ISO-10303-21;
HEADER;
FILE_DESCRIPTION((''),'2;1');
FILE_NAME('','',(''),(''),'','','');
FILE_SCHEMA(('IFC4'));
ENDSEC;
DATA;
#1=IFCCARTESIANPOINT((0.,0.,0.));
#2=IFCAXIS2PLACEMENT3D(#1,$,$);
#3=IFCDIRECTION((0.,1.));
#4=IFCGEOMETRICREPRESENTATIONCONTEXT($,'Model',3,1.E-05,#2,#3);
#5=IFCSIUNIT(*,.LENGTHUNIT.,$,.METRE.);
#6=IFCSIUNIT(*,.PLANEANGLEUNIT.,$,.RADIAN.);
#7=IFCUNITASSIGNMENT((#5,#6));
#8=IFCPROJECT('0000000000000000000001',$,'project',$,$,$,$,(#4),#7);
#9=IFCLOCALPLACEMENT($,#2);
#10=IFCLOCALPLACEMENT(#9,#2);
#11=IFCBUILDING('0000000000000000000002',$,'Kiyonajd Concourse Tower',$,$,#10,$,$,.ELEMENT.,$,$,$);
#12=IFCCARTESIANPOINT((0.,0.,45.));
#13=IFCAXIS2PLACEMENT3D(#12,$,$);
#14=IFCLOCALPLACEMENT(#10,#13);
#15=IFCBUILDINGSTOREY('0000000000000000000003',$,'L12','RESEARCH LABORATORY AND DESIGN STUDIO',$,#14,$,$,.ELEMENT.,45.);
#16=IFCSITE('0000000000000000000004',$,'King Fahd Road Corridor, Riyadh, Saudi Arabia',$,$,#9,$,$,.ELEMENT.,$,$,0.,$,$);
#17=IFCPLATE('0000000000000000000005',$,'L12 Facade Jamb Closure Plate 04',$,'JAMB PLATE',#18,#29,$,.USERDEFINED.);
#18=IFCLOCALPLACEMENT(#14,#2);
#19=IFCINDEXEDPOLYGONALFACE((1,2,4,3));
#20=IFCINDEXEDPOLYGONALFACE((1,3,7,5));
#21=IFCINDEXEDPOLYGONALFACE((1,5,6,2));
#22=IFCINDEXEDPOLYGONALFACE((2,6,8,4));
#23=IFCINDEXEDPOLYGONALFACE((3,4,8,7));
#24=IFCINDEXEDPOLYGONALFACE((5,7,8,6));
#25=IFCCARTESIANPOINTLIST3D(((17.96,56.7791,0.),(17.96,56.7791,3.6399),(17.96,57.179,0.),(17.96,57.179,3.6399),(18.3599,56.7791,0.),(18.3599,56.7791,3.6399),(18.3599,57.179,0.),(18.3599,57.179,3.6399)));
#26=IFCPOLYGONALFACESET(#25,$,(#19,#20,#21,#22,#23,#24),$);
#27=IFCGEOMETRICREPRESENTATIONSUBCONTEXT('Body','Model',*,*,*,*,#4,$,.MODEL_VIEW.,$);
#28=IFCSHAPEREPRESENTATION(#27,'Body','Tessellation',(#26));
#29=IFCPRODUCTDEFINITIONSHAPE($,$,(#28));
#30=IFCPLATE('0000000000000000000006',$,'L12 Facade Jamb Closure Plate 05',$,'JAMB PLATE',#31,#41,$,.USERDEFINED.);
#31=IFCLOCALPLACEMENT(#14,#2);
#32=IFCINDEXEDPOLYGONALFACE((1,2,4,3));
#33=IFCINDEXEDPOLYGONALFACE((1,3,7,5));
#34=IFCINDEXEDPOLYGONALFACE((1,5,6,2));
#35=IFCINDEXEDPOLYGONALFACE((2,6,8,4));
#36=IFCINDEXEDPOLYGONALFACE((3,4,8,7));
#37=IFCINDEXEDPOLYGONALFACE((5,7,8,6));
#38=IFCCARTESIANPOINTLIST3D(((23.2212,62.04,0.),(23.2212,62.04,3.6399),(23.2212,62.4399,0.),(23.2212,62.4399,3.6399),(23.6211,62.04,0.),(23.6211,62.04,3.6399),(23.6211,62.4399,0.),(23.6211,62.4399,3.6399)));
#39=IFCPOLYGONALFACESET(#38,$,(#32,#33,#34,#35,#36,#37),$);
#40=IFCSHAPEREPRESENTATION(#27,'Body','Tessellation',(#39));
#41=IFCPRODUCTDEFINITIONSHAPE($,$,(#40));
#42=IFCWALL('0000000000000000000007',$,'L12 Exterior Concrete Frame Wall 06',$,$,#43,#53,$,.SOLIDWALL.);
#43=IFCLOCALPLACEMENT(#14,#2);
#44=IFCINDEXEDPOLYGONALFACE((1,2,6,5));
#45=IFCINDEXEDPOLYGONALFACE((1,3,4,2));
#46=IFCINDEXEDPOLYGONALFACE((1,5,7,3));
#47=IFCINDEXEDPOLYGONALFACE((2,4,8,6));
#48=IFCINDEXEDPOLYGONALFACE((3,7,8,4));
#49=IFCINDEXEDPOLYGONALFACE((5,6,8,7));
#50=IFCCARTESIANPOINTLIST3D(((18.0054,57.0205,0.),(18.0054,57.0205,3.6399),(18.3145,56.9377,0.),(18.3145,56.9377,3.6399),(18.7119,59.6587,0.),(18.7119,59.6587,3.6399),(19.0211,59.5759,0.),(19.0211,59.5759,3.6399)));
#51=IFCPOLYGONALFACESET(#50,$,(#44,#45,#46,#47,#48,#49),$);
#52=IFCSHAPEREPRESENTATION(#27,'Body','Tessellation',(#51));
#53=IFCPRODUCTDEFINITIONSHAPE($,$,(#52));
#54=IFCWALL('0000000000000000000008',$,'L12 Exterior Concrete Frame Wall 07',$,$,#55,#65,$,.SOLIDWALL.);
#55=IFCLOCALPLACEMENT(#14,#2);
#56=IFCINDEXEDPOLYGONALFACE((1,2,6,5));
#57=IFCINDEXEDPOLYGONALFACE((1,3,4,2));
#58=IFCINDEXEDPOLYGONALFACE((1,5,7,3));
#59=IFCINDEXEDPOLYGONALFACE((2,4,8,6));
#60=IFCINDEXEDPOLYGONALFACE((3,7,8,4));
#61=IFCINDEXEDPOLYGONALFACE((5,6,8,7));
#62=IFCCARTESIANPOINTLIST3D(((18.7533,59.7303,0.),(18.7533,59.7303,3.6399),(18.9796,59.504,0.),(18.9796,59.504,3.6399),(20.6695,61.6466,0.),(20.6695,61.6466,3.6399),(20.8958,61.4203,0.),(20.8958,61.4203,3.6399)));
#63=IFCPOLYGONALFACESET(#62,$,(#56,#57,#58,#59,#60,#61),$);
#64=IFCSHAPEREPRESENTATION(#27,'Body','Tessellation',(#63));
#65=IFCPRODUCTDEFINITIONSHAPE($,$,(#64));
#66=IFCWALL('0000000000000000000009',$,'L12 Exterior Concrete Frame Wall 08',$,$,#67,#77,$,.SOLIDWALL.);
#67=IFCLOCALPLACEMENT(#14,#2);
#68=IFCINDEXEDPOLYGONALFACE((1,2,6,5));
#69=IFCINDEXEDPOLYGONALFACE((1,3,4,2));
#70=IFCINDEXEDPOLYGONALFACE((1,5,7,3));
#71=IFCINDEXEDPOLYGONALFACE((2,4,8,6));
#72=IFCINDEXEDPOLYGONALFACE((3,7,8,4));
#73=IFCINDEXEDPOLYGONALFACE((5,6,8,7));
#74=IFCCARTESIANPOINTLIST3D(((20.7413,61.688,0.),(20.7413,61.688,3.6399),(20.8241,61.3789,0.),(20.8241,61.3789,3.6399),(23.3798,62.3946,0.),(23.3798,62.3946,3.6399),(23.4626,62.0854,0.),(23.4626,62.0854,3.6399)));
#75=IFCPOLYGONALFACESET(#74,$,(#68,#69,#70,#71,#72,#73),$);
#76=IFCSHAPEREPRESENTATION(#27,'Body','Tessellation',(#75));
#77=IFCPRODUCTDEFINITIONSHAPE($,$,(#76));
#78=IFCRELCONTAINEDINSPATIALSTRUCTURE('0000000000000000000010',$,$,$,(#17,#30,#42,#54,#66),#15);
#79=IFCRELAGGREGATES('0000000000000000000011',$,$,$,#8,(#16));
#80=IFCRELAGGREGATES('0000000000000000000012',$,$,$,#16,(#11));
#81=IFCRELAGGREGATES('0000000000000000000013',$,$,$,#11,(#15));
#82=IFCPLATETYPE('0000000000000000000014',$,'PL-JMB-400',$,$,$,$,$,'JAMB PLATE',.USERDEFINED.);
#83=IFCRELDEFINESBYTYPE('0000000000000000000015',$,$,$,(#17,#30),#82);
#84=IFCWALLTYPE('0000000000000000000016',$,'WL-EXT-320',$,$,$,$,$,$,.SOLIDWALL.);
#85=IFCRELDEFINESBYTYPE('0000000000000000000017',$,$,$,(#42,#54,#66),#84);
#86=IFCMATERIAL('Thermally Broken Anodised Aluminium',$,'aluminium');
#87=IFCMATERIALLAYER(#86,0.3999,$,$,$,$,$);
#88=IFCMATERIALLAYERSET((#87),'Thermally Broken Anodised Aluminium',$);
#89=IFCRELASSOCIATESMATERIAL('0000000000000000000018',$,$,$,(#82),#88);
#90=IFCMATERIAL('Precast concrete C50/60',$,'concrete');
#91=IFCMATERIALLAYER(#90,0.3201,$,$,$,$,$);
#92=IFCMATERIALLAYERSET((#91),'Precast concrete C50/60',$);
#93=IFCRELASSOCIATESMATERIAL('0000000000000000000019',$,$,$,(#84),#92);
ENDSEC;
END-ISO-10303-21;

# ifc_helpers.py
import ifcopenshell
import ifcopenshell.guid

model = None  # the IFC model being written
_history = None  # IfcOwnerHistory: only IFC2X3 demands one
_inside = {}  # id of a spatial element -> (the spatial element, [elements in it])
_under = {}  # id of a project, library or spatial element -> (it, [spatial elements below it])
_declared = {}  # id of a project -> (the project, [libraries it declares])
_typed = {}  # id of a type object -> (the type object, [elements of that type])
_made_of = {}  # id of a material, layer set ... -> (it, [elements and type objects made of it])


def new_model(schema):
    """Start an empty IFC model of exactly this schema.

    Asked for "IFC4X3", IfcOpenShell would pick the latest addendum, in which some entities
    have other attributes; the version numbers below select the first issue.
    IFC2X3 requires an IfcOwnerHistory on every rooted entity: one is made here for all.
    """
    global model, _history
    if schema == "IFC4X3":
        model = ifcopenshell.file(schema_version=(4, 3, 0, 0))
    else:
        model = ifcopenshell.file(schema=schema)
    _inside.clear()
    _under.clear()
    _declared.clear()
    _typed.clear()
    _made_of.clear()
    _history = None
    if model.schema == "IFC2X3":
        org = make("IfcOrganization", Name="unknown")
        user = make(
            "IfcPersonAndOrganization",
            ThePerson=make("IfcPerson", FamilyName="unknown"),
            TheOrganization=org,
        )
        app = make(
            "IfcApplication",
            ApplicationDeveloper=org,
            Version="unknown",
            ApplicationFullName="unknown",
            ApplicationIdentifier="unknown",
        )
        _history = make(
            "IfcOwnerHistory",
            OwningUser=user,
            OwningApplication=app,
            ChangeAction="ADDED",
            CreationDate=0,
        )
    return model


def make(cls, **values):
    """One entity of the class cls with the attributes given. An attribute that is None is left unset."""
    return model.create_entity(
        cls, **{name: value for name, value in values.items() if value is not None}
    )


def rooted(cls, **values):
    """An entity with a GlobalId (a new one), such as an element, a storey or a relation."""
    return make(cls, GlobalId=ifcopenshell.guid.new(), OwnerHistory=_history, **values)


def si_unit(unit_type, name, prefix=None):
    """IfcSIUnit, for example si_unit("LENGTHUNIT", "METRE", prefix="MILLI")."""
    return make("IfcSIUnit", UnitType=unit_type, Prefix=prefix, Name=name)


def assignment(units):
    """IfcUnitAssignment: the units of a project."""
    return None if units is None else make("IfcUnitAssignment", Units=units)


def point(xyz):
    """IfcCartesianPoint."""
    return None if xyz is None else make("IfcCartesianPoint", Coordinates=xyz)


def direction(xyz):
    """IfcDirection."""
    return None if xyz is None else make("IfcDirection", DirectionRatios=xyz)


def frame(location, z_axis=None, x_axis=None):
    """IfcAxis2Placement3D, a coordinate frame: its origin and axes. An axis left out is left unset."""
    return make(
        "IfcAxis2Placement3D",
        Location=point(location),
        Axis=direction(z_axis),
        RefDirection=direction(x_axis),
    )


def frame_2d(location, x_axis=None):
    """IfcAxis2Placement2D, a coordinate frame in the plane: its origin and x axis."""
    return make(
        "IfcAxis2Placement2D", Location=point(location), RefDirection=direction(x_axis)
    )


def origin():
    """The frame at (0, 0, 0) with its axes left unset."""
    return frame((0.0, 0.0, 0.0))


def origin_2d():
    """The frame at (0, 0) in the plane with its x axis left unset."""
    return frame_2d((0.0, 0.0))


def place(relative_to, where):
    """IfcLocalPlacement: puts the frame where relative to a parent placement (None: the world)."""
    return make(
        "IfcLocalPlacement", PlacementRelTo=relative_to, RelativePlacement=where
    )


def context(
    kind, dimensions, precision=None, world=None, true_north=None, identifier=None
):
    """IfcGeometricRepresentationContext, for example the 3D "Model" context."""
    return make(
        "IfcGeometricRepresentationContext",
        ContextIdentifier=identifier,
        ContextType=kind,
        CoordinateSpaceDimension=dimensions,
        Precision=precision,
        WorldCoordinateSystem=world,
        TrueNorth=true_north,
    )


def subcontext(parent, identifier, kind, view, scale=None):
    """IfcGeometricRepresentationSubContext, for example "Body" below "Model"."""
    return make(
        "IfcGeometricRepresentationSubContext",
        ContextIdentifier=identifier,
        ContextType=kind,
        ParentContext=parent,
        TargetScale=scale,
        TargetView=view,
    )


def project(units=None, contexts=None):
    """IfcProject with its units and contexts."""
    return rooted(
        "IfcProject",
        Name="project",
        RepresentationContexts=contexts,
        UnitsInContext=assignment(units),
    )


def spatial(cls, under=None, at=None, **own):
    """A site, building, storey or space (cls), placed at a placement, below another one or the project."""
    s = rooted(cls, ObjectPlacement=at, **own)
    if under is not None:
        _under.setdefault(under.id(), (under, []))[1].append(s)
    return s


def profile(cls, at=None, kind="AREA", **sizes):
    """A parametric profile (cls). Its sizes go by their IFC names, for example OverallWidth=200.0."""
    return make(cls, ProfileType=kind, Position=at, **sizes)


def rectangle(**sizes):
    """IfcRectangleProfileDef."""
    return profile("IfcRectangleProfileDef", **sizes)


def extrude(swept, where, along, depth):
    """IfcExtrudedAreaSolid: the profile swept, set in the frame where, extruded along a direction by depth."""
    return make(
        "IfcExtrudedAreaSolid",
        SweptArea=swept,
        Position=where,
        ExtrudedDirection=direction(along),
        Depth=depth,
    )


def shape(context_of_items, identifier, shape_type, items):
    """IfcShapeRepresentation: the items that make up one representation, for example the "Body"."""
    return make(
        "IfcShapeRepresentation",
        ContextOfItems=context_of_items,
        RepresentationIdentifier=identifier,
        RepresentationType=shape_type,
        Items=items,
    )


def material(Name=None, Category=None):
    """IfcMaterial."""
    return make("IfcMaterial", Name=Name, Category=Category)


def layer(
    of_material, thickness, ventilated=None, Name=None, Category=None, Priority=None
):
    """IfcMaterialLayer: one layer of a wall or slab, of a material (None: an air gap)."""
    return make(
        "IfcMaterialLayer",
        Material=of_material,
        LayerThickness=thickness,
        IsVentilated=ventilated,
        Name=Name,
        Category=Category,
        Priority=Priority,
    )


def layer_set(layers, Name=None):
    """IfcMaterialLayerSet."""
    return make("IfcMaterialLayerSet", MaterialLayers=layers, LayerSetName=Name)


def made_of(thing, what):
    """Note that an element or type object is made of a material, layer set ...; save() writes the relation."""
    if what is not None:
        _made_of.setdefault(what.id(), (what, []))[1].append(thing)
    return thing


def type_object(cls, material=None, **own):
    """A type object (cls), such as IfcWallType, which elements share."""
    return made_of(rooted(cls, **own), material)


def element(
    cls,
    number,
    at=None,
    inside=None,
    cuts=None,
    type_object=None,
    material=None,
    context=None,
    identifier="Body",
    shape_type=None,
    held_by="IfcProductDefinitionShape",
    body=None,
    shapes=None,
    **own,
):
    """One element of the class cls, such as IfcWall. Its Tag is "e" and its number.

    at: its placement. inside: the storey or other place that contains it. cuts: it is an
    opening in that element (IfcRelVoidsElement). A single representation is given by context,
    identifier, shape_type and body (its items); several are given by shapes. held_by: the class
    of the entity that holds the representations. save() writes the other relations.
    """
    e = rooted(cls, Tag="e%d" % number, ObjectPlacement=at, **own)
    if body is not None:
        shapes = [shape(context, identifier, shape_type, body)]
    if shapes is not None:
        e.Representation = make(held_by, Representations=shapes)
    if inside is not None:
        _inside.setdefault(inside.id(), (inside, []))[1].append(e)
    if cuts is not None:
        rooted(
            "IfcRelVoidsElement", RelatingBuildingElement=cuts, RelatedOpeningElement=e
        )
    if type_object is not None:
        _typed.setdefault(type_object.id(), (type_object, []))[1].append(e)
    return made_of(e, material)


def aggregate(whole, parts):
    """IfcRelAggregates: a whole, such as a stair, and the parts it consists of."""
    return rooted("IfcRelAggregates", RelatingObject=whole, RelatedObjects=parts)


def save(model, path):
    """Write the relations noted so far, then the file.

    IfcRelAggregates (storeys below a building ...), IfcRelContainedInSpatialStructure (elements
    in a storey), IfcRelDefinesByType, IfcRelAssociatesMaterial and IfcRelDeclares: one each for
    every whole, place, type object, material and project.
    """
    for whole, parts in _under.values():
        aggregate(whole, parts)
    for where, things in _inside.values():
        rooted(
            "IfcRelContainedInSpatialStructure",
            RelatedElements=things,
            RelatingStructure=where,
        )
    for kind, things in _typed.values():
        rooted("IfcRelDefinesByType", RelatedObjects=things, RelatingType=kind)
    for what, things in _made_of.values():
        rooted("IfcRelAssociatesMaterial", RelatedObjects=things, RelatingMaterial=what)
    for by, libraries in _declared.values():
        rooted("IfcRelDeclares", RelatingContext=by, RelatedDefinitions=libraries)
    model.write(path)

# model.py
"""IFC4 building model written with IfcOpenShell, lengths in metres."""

from ifc_helpers import new_model, si_unit, direction, frame, frame_2d, origin, origin_2d, place, context, subcontext, project, spatial, rectangle, extrude, material, layer, layer_set, type_object, element, save


model = new_model("IFC4")

# Units and contexts
model_context = context("Model", 3, precision=1e-05, world=origin(), true_north=direction((0.0, 1.0)))
body_context = subcontext(model_context, "Body", "Model", "MODEL_VIEW")
ifc_project = project(units=[si_unit("LENGTHUNIT", "METRE"), si_unit("PLANEANGLEUNIT", "RADIAN")], contexts=[model_context])

# Site, building, storey
site_placement = place(None, origin())
site = spatial("IfcSite", under=ifc_project, at=site_placement, Name="King Fahd Road Corridor, Riyadh, Saudi Arabia", CompositionType="ELEMENT", RefElevation=0.0)
building_placement = place(site_placement, origin())
building = spatial("IfcBuilding", under=site, at=building_placement, Name="Kiyonajd Concourse Tower", CompositionType="ELEMENT")
storey_placement = place(building_placement, frame((0.0, 0.0, 45.0)))
storey = spatial("IfcBuildingStorey", under=building, at=storey_placement, Name="L12", Description="RESEARCH LABORATORY AND DESIGN STUDIO", CompositionType="ELEMENT", Elevation=45.0)

# Shared definitions
ifc_material_1 = material(Name="Precast concrete C50/60", Category="concrete")

# Shared definitions
ifc_material_2 = material(Name="Thermally Broken Anodised Aluminium", Category="aluminium")

# Plates
ifc_layer_1 = layer(ifc_material_2, 0.3999)
ifc_layer_set_1 = layer_set([ifc_layer_1], Name="Thermally Broken Anodised Aluminium")
plate_type_1 = type_object("IfcPlateType", Name="PL-JMB-400", ElementType="JAMB PLATE", PredefinedType="USERDEFINED", material=ifc_layer_set_1)
for number, where, z_axis, x_axis, name in (
    (1, (18.1599, 56.979, 0.0), (0.0, 0.0, 1.0), (1.0, 0.0, 0.0), "L12 Facade Jamb Closure Plate 04"),
    (2, (23.4211, 62.24, 0.0), (0.0, 0.0, 1.0), (1.0, 0.0, 0.0), "L12 Facade Jamb Closure Plate 05"),
):
    element("IfcPlate", number, at=place(storey_placement, frame(where, z_axis=z_axis, x_axis=x_axis)), inside=storey, type_object=plate_type_1, Name=name, ObjectType="JAMB PLATE", PredefinedType="USERDEFINED", context=body_context, shape_type="SweptSolid", body=[
        extrude(rectangle(XDim=0.3999, YDim=0.3999, at=origin_2d()), origin(), (0.0, 0.0, 1.0), 3.6399),
    ])

# Walls
ifc_layer_2 = layer(ifc_material_1, 0.3201)
ifc_layer_set_2 = layer_set([ifc_layer_2], Name="Precast concrete C50/60")
wall_type = type_object("IfcWallType", Name="WL-EXT-320", PredefinedType="SOLIDWALL", material=ifc_layer_set_2)
wall_1_placement = place(storey_placement, frame((18.1599, 56.979, 0.0), z_axis=(0.0, 0.0, 1.0), x_axis=(0.258697, 0.965958, 0.0)))
element("IfcWall", 3, at=wall_1_placement, inside=storey, type_object=wall_type, Name="L12 Exterior Concrete Frame Wall 06", PredefinedType="SOLIDWALL", context=body_context, shape_type="SweptSolid", body=[
    extrude(rectangle(XDim=2.7312, YDim=0.3201, at=frame_2d((1.3657, 0.0))), origin(), (0.0, 0.0, 1.0), 3.6399),
])
wall_2_placement = place(storey_placement, frame((18.8665, 59.6172, 0.0), z_axis=(0.0, 0.0, 1.0), x_axis=(0.707107, 0.707107, 0.0)))
element("IfcWall", 4, at=wall_2_placement, inside=storey, type_object=wall_type, Name="L12 Exterior Concrete Frame Wall 07", PredefinedType="SOLIDWALL", context=body_context, shape_type="SweptSolid", body=[
    extrude(rectangle(XDim=2.71, YDim=0.3201, at=frame_2d((1.355, 0.0))), origin(), (0.0, 0.0, 1.0), 3.6399),
])
wall_3_placement = place(storey_placement, frame((20.7827, 61.5334, 0.0), z_axis=(0.0, 0.0, 1.0), x_axis=(0.965964, 0.258675, 0.0)))
element("IfcWall", 5, at=wall_3_placement, inside=storey, type_object=wall_type, Name="L12 Exterior Concrete Frame Wall 08", PredefinedType="SOLIDWALL", context=body_context, shape_type="SweptSolid", body=[
    extrude(rectangle(XDim=2.7314, YDim=0.3201, at=frame_2d((1.3657, 0.0))), origin(), (0.0, 0.0, 1.0), 3.6399),
])

save(model, "model.ifc")
